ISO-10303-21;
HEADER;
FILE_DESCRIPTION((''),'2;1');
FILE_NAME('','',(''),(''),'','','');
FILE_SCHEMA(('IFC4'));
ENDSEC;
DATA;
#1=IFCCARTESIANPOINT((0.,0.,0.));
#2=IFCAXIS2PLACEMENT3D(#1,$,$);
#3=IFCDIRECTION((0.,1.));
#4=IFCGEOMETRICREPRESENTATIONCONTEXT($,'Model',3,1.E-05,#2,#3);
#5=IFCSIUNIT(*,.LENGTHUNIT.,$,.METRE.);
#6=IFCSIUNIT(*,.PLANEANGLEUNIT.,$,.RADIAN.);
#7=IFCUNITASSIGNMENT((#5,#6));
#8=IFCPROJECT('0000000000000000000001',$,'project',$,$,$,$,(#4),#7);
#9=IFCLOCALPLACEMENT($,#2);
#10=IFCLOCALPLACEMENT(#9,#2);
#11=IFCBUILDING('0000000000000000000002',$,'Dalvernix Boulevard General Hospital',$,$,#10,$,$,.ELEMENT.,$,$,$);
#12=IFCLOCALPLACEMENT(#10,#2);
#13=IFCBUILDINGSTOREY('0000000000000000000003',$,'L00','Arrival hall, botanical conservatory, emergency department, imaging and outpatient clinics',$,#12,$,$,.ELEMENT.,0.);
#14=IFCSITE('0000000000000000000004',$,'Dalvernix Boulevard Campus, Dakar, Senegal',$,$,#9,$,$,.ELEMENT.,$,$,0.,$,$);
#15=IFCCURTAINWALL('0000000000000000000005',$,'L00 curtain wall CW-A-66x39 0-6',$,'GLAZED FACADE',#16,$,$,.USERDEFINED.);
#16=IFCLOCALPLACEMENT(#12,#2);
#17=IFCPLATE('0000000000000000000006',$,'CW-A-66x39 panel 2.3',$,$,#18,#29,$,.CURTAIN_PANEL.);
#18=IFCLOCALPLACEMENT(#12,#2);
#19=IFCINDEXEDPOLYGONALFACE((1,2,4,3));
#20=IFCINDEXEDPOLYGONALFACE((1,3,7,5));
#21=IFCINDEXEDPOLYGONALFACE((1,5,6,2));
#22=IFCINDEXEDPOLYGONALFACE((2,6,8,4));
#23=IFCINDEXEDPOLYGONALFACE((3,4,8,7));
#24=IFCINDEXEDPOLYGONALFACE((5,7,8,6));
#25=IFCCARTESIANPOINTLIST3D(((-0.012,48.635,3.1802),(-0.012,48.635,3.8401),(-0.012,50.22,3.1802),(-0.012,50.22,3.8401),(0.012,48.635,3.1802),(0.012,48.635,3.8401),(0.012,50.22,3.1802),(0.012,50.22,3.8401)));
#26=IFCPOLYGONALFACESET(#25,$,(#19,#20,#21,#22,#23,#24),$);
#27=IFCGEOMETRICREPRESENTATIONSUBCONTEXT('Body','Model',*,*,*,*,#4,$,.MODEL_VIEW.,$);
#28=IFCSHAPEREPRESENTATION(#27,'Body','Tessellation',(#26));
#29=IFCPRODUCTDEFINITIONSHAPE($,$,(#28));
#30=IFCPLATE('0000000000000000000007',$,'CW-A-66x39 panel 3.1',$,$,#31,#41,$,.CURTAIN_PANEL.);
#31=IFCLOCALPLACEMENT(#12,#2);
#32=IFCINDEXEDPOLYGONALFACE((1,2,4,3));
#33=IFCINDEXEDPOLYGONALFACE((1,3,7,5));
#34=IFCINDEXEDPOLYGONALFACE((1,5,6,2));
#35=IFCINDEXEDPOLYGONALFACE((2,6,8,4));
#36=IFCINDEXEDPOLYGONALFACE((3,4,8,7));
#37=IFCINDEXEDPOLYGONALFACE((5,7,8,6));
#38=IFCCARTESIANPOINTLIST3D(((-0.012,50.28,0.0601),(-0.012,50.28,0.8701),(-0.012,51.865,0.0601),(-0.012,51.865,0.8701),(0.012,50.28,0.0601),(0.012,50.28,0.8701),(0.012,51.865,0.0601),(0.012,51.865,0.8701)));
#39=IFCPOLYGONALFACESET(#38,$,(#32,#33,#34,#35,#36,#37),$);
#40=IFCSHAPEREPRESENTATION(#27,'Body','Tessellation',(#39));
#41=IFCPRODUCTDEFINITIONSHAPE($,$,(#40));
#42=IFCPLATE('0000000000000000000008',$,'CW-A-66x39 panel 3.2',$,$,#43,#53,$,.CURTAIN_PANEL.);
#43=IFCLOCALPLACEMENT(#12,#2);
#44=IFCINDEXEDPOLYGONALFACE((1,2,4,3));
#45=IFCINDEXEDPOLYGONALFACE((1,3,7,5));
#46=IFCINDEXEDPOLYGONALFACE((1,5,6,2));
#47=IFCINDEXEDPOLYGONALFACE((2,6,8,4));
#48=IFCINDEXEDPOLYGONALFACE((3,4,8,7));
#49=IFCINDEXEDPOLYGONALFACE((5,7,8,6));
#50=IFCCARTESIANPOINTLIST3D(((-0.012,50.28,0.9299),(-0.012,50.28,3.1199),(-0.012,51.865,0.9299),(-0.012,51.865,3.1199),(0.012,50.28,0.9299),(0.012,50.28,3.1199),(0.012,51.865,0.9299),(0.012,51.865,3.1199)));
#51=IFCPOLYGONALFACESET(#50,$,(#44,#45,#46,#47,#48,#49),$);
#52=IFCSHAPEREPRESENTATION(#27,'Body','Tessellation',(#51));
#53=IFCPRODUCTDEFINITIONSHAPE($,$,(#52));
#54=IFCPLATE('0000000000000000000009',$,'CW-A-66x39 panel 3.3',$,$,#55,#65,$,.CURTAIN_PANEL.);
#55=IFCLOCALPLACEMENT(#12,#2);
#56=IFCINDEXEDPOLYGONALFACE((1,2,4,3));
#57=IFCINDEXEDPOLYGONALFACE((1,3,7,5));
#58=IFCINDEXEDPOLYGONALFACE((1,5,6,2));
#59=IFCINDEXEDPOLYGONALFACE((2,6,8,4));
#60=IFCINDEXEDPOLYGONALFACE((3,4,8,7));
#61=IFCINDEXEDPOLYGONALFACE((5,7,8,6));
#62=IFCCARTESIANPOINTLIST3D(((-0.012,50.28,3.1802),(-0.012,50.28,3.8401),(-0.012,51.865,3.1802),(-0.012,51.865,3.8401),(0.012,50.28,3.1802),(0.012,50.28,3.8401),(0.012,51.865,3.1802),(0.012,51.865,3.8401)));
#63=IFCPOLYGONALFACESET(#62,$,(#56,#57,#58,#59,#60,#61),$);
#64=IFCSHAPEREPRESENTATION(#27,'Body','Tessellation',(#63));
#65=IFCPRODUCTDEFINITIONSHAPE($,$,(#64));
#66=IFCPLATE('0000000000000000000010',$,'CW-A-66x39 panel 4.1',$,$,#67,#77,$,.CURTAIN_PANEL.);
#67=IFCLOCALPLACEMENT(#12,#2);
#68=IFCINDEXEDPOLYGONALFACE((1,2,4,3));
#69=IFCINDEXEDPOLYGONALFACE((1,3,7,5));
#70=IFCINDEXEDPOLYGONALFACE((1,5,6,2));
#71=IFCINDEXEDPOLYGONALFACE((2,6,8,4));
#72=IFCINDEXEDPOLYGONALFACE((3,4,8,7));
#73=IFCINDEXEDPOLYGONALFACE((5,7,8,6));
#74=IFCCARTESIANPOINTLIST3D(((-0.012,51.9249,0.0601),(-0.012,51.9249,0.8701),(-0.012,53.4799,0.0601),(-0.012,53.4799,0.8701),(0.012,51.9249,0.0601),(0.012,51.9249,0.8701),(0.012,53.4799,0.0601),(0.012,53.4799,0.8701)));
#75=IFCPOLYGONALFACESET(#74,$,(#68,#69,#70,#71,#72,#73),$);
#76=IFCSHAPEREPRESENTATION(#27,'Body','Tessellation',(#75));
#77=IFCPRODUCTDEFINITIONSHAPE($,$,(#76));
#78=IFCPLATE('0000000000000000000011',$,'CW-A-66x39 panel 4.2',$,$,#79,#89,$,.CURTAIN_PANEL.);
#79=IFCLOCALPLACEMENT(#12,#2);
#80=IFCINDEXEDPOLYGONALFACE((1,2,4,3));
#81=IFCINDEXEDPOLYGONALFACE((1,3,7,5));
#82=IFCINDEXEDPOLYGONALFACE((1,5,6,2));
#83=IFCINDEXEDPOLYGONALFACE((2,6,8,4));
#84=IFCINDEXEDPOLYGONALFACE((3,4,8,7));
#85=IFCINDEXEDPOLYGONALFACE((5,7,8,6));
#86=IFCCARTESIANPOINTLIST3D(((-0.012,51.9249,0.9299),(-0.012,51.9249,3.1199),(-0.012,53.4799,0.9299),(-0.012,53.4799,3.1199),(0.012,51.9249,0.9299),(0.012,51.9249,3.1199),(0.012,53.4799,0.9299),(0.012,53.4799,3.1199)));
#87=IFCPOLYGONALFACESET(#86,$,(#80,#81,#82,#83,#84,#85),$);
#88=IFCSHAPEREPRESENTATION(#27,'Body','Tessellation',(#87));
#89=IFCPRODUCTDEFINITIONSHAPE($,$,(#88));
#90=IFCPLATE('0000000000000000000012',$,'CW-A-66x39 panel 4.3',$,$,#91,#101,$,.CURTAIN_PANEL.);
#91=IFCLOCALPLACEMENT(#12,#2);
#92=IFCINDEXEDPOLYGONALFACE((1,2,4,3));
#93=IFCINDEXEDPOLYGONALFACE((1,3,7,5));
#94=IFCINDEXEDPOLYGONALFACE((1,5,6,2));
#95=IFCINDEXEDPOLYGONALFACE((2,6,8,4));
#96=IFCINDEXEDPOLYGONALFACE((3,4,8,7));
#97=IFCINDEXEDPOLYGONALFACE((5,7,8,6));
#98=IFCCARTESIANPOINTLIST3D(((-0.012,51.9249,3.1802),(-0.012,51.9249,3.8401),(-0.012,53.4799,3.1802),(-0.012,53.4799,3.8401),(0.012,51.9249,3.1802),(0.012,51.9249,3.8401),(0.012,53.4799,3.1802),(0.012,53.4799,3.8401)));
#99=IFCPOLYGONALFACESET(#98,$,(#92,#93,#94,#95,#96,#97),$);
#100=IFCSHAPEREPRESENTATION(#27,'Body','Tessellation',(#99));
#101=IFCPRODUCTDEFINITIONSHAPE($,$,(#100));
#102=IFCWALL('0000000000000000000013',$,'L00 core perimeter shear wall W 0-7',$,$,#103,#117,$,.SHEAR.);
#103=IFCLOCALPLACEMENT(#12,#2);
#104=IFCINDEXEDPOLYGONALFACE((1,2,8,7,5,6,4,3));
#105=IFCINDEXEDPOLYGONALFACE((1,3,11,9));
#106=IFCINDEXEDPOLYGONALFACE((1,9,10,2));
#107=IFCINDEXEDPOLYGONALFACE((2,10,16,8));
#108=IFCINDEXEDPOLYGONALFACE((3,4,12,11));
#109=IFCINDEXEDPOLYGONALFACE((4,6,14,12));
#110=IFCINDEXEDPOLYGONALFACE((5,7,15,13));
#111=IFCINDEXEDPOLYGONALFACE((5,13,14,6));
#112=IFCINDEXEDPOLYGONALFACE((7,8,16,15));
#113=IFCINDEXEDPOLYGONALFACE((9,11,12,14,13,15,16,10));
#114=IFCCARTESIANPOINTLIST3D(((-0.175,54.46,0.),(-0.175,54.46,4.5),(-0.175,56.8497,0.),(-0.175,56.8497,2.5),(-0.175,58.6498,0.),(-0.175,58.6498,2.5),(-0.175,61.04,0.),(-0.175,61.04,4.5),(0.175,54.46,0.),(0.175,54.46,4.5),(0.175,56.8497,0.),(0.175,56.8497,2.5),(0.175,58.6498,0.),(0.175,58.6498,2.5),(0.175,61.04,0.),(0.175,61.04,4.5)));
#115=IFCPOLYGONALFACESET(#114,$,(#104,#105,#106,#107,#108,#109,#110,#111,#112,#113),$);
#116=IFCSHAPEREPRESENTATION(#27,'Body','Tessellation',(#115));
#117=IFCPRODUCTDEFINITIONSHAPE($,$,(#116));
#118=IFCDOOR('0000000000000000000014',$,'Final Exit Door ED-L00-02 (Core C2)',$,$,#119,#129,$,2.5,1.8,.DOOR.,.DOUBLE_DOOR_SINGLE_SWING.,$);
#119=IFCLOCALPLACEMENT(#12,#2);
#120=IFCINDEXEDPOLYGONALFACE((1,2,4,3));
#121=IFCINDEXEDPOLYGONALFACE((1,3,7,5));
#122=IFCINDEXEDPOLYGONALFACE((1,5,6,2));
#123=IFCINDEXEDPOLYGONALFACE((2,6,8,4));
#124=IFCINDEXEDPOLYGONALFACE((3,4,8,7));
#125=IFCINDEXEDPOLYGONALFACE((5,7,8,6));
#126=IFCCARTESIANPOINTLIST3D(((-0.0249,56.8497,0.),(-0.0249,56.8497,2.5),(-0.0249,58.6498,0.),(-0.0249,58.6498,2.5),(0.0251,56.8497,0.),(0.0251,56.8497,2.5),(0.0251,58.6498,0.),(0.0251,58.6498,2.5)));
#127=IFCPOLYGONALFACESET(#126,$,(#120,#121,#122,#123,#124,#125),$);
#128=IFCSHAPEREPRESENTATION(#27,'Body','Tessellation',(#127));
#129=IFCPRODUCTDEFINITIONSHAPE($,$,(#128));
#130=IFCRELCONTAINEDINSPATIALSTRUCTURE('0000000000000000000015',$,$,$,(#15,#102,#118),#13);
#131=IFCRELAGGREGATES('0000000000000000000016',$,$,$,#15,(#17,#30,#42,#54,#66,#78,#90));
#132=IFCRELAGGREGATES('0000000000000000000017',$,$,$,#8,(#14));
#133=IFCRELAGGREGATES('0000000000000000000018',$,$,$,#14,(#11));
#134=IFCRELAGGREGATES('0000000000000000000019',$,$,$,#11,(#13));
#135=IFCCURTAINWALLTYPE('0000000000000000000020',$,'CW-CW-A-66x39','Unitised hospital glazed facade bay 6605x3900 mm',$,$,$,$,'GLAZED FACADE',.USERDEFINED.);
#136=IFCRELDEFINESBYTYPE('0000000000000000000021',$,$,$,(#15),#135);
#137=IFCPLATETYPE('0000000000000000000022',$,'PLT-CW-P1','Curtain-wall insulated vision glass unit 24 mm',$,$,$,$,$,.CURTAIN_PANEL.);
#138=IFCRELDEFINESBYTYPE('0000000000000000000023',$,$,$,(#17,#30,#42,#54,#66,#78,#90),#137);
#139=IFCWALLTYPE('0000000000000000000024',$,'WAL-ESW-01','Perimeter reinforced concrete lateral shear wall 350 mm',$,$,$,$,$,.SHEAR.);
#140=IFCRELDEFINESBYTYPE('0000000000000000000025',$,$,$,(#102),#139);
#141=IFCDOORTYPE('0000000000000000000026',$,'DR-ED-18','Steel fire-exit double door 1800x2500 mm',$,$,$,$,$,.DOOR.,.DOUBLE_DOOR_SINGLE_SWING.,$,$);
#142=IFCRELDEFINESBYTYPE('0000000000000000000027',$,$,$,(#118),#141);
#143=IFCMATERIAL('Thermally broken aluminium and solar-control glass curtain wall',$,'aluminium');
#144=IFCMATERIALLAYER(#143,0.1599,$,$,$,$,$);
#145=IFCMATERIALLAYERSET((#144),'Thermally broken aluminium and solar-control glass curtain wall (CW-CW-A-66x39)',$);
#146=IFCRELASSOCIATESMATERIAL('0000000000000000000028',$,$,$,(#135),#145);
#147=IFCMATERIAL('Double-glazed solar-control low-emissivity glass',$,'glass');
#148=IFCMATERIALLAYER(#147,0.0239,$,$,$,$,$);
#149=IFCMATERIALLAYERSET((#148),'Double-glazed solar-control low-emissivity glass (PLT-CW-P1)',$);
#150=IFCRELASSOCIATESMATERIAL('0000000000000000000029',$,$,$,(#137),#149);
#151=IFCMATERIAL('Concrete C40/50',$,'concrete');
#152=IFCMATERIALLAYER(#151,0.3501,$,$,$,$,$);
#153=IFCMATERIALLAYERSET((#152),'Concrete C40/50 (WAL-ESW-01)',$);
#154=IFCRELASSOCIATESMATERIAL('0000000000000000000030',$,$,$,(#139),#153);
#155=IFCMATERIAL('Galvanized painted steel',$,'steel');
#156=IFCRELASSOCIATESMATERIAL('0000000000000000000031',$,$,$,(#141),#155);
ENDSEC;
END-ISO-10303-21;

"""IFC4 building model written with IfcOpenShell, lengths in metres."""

from ifc_helpers import new_model, si_unit, direction, frame, frame_2d, origin, origin_2d, place, context, subcontext, project, spatial, rectangle, extrude, material, layer, layer_set, type_object, element, fill, aggregate, save


model = new_model("IFC4")

# Units and contexts
model_context = context("Model", 3, precision=1e-05, world=origin(), true_north=direction((0.0, 1.0)))
body_context = subcontext(model_context, "Body", "Model", "MODEL_VIEW")
ifc_project = project(units=[si_unit("LENGTHUNIT", "METRE"), si_unit("PLANEANGLEUNIT", "RADIAN")], contexts=[model_context])

# Site, building, storey
site_placement = place(None, origin())
site = spatial("IfcSite", under=ifc_project, at=site_placement, Name="Dalvernix Boulevard Campus, Dakar, Senegal", CompositionType="ELEMENT", RefElevation=0.0)
building_placement = place(site_placement, origin())
building = spatial("IfcBuilding", under=site, at=building_placement, Name="Dalvernix Boulevard General Hospital", CompositionType="ELEMENT")
storey_placement = place(building_placement, origin())
storey = spatial("IfcBuildingStorey", under=building, at=storey_placement, Name="L00", Description="Arrival hall, botanical conservatory, emergency department, imaging and outpatient clinics", CompositionType="ELEMENT", Elevation=0.0)

# Shared definitions
ifc_material_1 = material(Name="Concrete C40/50", Category="concrete")

# Curtain wall, plates
ifc_material_2 = material(Name="Thermally broken aluminium and solar-control glass curtain wall", Category="aluminium")
ifc_layer_1 = layer(ifc_material_2, 0.1599)
ifc_layer_set_1 = layer_set([ifc_layer_1], Name="Thermally broken aluminium and solar-control glass curtain wall (CW-CW-A-66x39)")
curtain_wall_type = type_object("IfcCurtainWallType", Name="CW-CW-A-66x39", Description="Unitised hospital glazed facade bay 6605x3900 mm", ElementType="GLAZED FACADE", PredefinedType="USERDEFINED", material=ifc_layer_set_1)
curtain_wall_placement = place(storey_placement, origin())
curtain_wall = element("IfcCurtainWall", 1, at=curtain_wall_placement, inside=storey, type_object=curtain_wall_type, Name="L00 curtain wall CW-A-66x39 0-6", ObjectType="GLAZED FACADE", PredefinedType="USERDEFINED")
ifc_material_3 = material(Name="Double-glazed solar-control low-emissivity glass", Category="glass")
ifc_layer_2 = layer(ifc_material_3, 0.0239)
ifc_layer_set_2 = layer_set([ifc_layer_2], Name="Double-glazed solar-control low-emissivity glass (PLT-CW-P1)")
plate_type = type_object("IfcPlateType", Name="PLT-CW-P1", Description="Curtain-wall insulated vision glass unit 24 mm", PredefinedType="CURTAIN_PANEL", material=ifc_layer_set_2)
plate_1_placement = place(storey_placement, frame((0.0, 49.4275, 3.1802), z_axis=(0.0, 0.0, 1.0), x_axis=(0.0, 1.0, 0.0)))
plate_1 = element("IfcPlate", 2, at=plate_1_placement, type_object=plate_type, Name="CW-A-66x39 panel 2.3", PredefinedType="CURTAIN_PANEL", context=body_context, shape_type="SweptSolid", body=[
    extrude(rectangle(XDim=1.585, YDim=0.0239, at=origin_2d()), origin(), (0.0, 0.0, 1.0), 0.6599),
])
plate_2_placement = place(storey_placement, frame((0.0, 51.0725, 0.0601), z_axis=(0.0, 0.0, 1.0), x_axis=(0.0, 1.0, 0.0)))
plate_2 = element("IfcPlate", 3, at=plate_2_placement, type_object=plate_type, Name="CW-A-66x39 panel 3.1", PredefinedType="CURTAIN_PANEL", context=body_context, shape_type="SweptSolid", body=[
    extrude(rectangle(XDim=1.585, YDim=0.0239, at=origin_2d()), origin(), (0.0, 0.0, 1.0), 0.8101),
])
plate_3_placement = place(storey_placement, frame((0.0, 51.0725, 0.9299), z_axis=(0.0, 0.0, 1.0), x_axis=(0.0, 1.0, 0.0)))
plate_3 = element("IfcPlate", 4, at=plate_3_placement, type_object=plate_type, Name="CW-A-66x39 panel 3.2", PredefinedType="CURTAIN_PANEL", context=body_context, shape_type="SweptSolid", body=[
    extrude(rectangle(XDim=1.585, YDim=0.0239, at=origin_2d()), origin(), (0.0, 0.0, 1.0), 2.1899),
])
plate_4_placement = place(storey_placement, frame((0.0, 51.0725, 3.1802), z_axis=(0.0, 0.0, 1.0), x_axis=(0.0, 1.0, 0.0)))
plate_4 = element("IfcPlate", 5, at=plate_4_placement, type_object=plate_type, Name="CW-A-66x39 panel 3.3", PredefinedType="CURTAIN_PANEL", context=body_context, shape_type="SweptSolid", body=[
    extrude(rectangle(XDim=1.585, YDim=0.0239, at=origin_2d()), origin(), (0.0, 0.0, 1.0), 0.6599),
])
plate_5_placement = place(storey_placement, frame((0.0, 52.7024, 0.0601), z_axis=(0.0, 0.0, 1.0), x_axis=(0.0, 1.0, 0.0)))
plate_5 = element("IfcPlate", 6, at=plate_5_placement, type_object=plate_type, Name="CW-A-66x39 panel 4.1", PredefinedType="CURTAIN_PANEL", context=body_context, shape_type="SweptSolid", body=[
    extrude(rectangle(XDim=1.5549, YDim=0.0239, at=origin_2d()), origin(), (0.0, 0.0, 1.0), 0.8101),
])
plate_6_placement = place(storey_placement, frame((0.0, 52.7024, 0.9299), z_axis=(0.0, 0.0, 1.0), x_axis=(0.0, 1.0, 0.0)))
plate_6 = element("IfcPlate", 7, at=plate_6_placement, type_object=plate_type, Name="CW-A-66x39 panel 4.2", PredefinedType="CURTAIN_PANEL", context=body_context, shape_type="SweptSolid", body=[
    extrude(rectangle(XDim=1.5549, YDim=0.0239, at=origin_2d()), origin(), (0.0, 0.0, 1.0), 2.1899),
])
plate_7_placement = place(storey_placement, frame((0.0, 52.7024, 3.1802), z_axis=(0.0, 0.0, 1.0), x_axis=(0.0, 1.0, 0.0)))
plate_7 = element("IfcPlate", 8, at=plate_7_placement, type_object=plate_type, Name="CW-A-66x39 panel 4.3", PredefinedType="CURTAIN_PANEL", context=body_context, shape_type="SweptSolid", body=[
    extrude(rectangle(XDim=1.5549, YDim=0.0239, at=origin_2d()), origin(), (0.0, 0.0, 1.0), 0.6599),
])
aggregate(curtain_wall, [plate_1, plate_2, plate_3, plate_4, plate_5, plate_6, plate_7])

# Wall, opening, door
ifc_layer_3 = layer(ifc_material_1, 0.3501)
ifc_layer_set_3 = layer_set([ifc_layer_3], Name="Concrete C40/50 (WAL-ESW-01)")
wall_type = type_object("IfcWallType", Name="WAL-ESW-01", Description="Perimeter reinforced concrete lateral shear wall 350 mm", PredefinedType="SHEAR", material=ifc_layer_set_3)
wall_placement = place(storey_placement, frame((0.0, 54.46, 0.0), z_axis=(0.0, 0.0, 1.0), x_axis=(0.0, 1.0, 0.0)))
wall = element("IfcWall", 9, at=wall_placement, inside=storey, type_object=wall_type, Name="L00 core perimeter shear wall W 0-7", PredefinedType="SHEAR", context=body_context, shape_type="SweptSolid", body=[
    extrude(rectangle(XDim=6.5801, YDim=0.3501, at=frame_2d((3.29, 0.0))), origin(), (0.0, 0.0, 1.0), 4.5),
])
opening_placement = place(wall_placement, frame((2.3899, 0.0, 0.0)))
opening = element("IfcOpeningElement", 10, at=opening_placement, cuts=wall, PredefinedType="OPENING", context=body_context, shape_type="SweptSolid", body=[
    extrude(rectangle(XDim=1.8, YDim=2.5, at=frame_2d((0.8999, 1.25))), frame((0.0, 0.1851, 0.0), z_axis=(0.0, -1.0, 0.0), x_axis=(1.0, 0.0, 0.0)), (0.0, 0.0, 1.0), 0.3701),
])
ifc_material_4 = material(Name="Galvanized painted steel", Category="steel")
door_type = type_object("IfcDoorType", Name="DR-ED-18", Description="Steel fire-exit double door 1800x2500 mm", OperationType="DOUBLE_DOOR_SINGLE_SWING", PredefinedType="DOOR", material=ifc_material_4)
door_placement = place(opening_placement, origin())
door = element("IfcDoor", 11, at=door_placement, inside=storey, type_object=door_type, Name="Final Exit Door ED-L00-02 (Core C2)", OperationType="DOUBLE_DOOR_SINGLE_SWING", OverallHeight=2.5, OverallWidth=1.8, PredefinedType="DOOR", context=body_context, shape_type="SweptSolid", body=[
    extrude(rectangle(XDim=1.8, YDim=2.5, at=frame_2d((0.8999, 1.25))), frame((0.0, 0.0249, 0.0), z_axis=(0.0, -1.0, 0.0), x_axis=(1.0, 0.0, 0.0)), (0.0, 0.0, 1.0), 0.05),
])
fill(opening, door)

save(model, "model.ifc")
